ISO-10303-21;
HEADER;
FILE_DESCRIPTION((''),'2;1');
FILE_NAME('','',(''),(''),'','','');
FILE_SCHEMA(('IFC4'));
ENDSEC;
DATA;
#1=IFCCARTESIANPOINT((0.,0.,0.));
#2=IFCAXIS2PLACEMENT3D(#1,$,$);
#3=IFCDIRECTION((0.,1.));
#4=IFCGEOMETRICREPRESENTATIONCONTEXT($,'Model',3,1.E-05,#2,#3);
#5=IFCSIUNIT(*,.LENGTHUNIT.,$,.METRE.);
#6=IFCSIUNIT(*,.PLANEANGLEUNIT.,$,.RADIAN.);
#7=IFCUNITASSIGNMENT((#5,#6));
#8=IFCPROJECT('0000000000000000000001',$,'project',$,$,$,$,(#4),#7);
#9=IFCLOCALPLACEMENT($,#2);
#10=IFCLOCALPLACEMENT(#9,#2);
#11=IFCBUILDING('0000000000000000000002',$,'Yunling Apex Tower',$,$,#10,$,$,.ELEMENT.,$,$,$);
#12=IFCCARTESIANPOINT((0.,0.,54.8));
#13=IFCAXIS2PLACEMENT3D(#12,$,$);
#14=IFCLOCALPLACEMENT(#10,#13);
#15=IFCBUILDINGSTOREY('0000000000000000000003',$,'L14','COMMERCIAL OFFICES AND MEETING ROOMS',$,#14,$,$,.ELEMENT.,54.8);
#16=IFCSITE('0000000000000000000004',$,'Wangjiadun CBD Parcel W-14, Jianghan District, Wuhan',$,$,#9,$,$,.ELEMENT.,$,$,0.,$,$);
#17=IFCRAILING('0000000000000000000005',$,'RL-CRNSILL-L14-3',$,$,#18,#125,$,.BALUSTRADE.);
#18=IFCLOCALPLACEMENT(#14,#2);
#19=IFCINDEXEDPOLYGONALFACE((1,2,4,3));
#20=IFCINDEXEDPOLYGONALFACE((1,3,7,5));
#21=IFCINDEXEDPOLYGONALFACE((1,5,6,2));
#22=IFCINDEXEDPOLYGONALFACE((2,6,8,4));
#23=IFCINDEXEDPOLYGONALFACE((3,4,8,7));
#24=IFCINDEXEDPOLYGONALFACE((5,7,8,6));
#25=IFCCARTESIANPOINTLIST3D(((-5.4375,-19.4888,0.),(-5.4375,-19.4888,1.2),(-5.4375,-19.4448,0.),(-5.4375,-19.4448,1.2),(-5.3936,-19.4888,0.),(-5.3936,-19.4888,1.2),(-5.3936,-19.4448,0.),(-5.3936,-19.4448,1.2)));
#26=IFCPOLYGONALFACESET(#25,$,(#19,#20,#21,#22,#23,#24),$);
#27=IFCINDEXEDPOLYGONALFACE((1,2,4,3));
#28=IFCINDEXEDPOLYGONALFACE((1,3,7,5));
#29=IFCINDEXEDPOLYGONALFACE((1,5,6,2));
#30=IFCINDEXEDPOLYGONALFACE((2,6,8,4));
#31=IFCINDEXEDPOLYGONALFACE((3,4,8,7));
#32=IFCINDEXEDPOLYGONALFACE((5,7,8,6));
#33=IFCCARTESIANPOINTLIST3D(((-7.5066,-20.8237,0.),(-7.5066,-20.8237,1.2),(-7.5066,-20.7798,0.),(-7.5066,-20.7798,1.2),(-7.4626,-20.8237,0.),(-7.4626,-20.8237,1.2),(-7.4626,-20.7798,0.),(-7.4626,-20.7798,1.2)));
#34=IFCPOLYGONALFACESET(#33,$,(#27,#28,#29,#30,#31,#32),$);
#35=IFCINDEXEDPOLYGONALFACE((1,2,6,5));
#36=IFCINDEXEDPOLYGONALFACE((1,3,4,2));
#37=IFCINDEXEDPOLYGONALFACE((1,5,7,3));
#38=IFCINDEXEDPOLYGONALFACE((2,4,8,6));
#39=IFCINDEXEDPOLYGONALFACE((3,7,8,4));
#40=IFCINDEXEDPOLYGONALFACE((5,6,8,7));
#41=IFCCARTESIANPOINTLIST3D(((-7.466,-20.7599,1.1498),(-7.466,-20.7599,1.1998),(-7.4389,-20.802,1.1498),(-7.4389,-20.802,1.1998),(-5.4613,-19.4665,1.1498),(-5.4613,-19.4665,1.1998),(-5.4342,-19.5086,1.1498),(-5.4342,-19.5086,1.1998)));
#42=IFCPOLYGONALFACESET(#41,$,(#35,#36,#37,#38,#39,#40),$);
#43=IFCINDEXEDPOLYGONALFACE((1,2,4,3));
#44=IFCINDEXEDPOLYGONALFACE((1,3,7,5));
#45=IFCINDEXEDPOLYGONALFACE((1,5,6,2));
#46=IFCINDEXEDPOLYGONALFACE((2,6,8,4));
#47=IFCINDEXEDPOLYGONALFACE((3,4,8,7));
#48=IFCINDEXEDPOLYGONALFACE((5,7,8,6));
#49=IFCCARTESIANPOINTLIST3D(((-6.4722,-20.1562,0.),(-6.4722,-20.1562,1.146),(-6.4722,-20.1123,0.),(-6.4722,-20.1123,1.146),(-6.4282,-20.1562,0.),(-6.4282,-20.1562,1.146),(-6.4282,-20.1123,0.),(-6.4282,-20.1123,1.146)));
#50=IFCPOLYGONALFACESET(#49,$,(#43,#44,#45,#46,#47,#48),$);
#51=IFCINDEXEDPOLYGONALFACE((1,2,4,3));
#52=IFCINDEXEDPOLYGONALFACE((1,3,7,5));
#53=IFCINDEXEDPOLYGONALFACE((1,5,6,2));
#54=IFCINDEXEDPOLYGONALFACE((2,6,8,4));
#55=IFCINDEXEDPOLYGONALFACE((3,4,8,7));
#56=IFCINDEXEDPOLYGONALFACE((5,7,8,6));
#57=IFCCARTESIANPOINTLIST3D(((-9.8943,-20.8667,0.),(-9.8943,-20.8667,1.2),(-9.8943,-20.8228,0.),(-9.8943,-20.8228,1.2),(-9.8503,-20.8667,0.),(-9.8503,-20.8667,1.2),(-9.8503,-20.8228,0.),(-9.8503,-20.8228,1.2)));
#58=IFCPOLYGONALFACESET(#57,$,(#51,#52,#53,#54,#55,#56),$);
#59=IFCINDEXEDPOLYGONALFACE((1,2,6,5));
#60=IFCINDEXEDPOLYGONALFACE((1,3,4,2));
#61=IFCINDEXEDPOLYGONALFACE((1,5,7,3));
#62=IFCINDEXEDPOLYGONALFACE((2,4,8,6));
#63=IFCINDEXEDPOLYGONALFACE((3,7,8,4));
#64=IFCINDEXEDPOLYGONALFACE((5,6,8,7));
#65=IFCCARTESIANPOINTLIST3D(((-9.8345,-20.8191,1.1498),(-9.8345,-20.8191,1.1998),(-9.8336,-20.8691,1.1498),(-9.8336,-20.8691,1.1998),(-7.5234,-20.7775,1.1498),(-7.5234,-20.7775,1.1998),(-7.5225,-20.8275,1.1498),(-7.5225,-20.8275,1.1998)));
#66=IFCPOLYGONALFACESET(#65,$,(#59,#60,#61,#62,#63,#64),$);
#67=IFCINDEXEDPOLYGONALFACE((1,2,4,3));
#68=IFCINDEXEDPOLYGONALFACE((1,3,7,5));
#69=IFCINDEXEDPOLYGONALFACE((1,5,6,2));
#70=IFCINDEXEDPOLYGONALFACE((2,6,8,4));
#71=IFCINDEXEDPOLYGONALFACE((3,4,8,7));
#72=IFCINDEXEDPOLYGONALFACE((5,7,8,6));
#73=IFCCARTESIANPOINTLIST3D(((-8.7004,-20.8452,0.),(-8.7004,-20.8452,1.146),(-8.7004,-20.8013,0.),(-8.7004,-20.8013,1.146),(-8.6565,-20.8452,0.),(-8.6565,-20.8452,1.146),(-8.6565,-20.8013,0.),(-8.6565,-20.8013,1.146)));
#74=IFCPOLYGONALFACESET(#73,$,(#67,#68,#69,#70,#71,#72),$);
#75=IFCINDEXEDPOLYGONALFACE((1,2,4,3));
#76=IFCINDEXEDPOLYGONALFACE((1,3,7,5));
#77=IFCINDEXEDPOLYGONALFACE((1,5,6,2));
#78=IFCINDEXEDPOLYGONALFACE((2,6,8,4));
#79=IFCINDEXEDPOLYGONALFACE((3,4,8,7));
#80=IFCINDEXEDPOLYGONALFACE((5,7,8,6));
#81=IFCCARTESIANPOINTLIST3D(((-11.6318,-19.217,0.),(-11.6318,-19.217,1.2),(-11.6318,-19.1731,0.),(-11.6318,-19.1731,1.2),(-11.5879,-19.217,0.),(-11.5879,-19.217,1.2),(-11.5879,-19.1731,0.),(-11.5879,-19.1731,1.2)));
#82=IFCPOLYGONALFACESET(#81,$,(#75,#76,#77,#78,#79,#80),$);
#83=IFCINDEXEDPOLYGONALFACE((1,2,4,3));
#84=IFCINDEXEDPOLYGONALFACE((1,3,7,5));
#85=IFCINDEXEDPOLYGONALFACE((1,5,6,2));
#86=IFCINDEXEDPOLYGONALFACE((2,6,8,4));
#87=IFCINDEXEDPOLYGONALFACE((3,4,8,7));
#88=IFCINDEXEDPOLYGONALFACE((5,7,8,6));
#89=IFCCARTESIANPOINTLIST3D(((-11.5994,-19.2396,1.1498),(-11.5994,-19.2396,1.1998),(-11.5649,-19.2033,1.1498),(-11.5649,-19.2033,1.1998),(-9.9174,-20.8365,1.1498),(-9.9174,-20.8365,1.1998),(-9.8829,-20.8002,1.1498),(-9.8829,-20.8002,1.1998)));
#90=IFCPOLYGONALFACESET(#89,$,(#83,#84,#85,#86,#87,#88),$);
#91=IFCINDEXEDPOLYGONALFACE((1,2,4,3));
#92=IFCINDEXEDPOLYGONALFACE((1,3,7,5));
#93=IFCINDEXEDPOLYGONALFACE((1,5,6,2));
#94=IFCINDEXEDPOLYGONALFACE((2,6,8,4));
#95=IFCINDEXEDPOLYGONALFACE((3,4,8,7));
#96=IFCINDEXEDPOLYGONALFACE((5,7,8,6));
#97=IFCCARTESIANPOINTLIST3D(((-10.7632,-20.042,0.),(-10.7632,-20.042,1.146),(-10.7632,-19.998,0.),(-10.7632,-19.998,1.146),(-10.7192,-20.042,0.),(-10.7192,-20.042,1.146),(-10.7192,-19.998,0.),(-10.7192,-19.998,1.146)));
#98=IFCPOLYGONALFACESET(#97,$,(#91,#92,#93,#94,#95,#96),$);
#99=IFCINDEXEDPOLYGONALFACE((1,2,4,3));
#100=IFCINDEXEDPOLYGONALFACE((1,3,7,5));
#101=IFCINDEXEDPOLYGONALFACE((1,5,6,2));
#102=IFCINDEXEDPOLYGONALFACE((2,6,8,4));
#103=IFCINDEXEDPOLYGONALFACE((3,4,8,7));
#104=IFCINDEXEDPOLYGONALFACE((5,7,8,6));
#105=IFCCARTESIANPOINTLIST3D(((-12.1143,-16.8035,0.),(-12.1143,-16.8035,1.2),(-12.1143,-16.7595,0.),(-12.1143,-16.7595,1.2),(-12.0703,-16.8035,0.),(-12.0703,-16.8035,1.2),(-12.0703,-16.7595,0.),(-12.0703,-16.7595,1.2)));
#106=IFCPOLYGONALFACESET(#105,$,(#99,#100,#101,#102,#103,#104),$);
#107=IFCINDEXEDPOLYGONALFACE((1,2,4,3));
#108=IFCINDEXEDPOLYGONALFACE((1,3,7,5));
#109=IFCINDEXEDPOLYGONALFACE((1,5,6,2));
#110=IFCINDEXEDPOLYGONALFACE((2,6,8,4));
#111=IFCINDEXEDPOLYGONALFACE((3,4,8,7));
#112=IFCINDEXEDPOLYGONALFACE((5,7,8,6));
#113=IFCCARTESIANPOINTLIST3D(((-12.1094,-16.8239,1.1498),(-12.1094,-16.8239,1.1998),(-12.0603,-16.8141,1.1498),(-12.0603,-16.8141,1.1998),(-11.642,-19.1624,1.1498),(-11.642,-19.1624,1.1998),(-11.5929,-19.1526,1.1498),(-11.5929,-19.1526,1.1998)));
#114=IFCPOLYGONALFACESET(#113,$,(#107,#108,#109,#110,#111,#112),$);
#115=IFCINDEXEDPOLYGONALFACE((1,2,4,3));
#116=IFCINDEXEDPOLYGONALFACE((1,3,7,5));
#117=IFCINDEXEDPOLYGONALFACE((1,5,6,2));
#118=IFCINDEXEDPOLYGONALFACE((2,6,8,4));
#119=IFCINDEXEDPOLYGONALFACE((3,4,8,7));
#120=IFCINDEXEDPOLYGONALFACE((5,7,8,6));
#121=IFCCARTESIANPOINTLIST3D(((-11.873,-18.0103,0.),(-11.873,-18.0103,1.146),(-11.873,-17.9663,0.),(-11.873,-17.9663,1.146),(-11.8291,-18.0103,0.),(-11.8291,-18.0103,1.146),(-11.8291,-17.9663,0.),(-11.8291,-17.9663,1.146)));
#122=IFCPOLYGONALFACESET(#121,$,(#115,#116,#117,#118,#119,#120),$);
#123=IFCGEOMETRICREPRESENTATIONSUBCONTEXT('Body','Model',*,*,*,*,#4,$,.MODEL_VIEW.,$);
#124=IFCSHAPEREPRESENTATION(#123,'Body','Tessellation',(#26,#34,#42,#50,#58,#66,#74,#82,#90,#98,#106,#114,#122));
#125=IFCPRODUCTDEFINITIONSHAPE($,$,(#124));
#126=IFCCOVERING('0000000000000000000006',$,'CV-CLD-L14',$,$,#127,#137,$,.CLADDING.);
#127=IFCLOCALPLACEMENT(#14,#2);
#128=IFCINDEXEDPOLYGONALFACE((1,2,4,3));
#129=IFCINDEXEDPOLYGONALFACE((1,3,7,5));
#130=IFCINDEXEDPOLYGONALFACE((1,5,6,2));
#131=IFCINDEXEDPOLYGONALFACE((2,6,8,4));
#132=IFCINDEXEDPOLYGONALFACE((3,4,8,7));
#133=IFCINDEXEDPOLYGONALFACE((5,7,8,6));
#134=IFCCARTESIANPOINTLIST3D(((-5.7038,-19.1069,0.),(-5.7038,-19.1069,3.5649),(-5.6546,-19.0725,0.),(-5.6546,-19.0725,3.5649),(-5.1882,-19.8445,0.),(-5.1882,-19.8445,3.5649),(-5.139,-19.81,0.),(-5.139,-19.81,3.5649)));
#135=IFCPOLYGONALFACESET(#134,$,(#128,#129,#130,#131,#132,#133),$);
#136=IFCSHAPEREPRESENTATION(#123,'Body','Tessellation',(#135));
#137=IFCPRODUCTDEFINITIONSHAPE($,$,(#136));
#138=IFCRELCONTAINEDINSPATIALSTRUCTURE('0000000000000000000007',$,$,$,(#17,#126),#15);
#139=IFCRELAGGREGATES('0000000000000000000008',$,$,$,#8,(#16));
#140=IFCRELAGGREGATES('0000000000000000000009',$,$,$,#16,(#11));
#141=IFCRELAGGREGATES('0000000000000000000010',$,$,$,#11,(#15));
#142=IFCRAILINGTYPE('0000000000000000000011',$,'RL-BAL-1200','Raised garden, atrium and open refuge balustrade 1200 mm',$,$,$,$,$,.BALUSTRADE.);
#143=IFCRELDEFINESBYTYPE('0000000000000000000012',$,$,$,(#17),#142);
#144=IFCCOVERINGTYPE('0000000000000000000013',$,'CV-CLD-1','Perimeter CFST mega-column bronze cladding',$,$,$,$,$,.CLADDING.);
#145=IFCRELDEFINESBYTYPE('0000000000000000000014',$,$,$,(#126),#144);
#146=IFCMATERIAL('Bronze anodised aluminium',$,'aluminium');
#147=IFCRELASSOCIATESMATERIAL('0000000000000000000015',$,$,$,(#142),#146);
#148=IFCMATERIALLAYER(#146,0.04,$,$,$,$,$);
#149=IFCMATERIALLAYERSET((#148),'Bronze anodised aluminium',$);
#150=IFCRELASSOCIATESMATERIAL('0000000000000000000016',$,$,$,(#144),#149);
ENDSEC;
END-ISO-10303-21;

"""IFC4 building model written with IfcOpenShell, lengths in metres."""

from ifc_helpers import new_model, si_unit, direction, frame, origin, origin_2d, place, context, subcontext, project, spatial, rectangle, extrude, source, transform, mapped, material, layer, layer_set, type_object, element, save


model = new_model("IFC4")

# Units and contexts
model_context = context("Model", 3, precision=1e-05, world=origin(), true_north=direction((0.0, 1.0)))
body_context = subcontext(model_context, "Body", "Model", "MODEL_VIEW")
ifc_project = project(units=[si_unit("LENGTHUNIT", "METRE"), si_unit("PLANEANGLEUNIT", "RADIAN")], contexts=[model_context])

# Site, building, storey
site_placement = place(None, origin())
site = spatial("IfcSite", under=ifc_project, at=site_placement, Name="Wangjiadun CBD Parcel W-14, Jianghan District, Wuhan", CompositionType="ELEMENT", RefElevation=0.0)
building_placement = place(site_placement, origin())
building = spatial("IfcBuilding", under=site, at=building_placement, Name="Yunling Apex Tower", CompositionType="ELEMENT")
storey_placement = place(building_placement, frame((0.0, 0.0, 54.8)))
storey = spatial("IfcBuildingStorey", under=building, at=storey_placement, Name="L14", Description="COMMERCIAL OFFICES AND MEETING ROOMS", CompositionType="ELEMENT", Elevation=54.8)

# Shared definitions
ifc_material_1 = material(Name="Bronze anodised aluminium", Category="aluminium")

# Railing
railing_type = type_object("IfcRailingType", Name="RL-BAL-1200", Description="Raised garden, atrium and open refuge balustrade 1200 mm", PredefinedType="BALUSTRADE", material=ifc_material_1)
railing_placement = place(storey_placement, frame((-5.4155, -19.4668, 0.0)))
element("IfcRailing", 1, at=railing_placement, inside=storey, type_object=railing_type, Name="RL-CRNSILL-L14-3", PredefinedType="BALUSTRADE", context=body_context, shape_type="SweptSolid", body=[
    extrude(rectangle(XDim=0.0439, YDim=0.0439, at=origin_2d()), origin(), (0.0, 0.0, 1.0), 1.2),
    extrude(rectangle(XDim=0.0439, YDim=0.0439, at=origin_2d()), frame((-2.0691, -1.335, 0.0)), (0.0, 0.0, 1.0), 1.2),
    extrude(rectangle(XDim=0.05, YDim=0.05, at=origin_2d()), frame((-0.0322, -0.0208, 1.1748), z_axis=(-0.840285, -0.542145, 0.0), x_axis=(0.542145, -0.840285, 0.0)), (0.0, 0.0, 1.0), 2.3857),
    extrude(rectangle(XDim=0.0439, YDim=0.0439, at=origin_2d()), frame((-1.0347, -0.6675, 0.0)), (0.0, 0.0, 1.0), 1.146),
    extrude(rectangle(XDim=0.0439, YDim=0.0439, at=origin_2d()), frame((-4.4568, -1.3779, 0.0)), (0.0, 0.0, 1.0), 1.2),
    extrude(rectangle(XDim=0.05, YDim=0.05, at=origin_2d()), frame((-2.1074, -1.3357, 1.1748), z_axis=(-0.999838, -0.017993, 0.0), x_axis=(0.017993, -0.999838, 0.0)), (0.0, 0.0, 1.0), 2.3115),
    extrude(rectangle(XDim=0.0439, YDim=0.0439, at=origin_2d()), frame((-3.2629, -1.3564, 0.0)), (0.0, 0.0, 1.0), 1.146),
    extrude(rectangle(XDim=0.0439, YDim=0.0439, at=origin_2d()), frame((-6.1943, 0.2717, 0.0)), (0.0, 0.0, 1.0), 1.2),
    extrude(rectangle(XDim=0.05, YDim=0.05, at=origin_2d()), frame((-4.4846, -1.3516, 1.1748), z_axis=(-0.725211, 0.688527, 0.0), x_axis=(-0.688527, -0.725211, 0.0)), (0.0, 0.0, 1.0), 2.3193),
    extrude(rectangle(XDim=0.0439, YDim=0.0439, at=origin_2d()), frame((-5.3257, -0.5532, 0.0)), (0.0, 0.0, 1.0), 1.146),
    extrude(rectangle(XDim=0.0439, YDim=0.0439, at=origin_2d()), frame((-6.6768, 2.6853, 0.0)), (0.0, 0.0, 1.0), 1.2),
    extrude(rectangle(XDim=0.05, YDim=0.05, at=origin_2d()), frame((-6.2019, 0.3093, 1.1748), z_axis=(-0.196002, 0.980604, 0.0), x_axis=(-0.980604, -0.196002, 0.0)), (0.0, 0.0, 1.0), 2.3848),
    extrude(rectangle(XDim=0.0439, YDim=0.0439, at=origin_2d()), frame((-6.4355, 1.4785, 0.0)), (0.0, 0.0, 1.0), 1.146),
])

# Covering
ifc_layer_1 = layer(ifc_material_1, 0.04)
ifc_layer_set_1 = layer_set([ifc_layer_1], Name="Bronze anodised aluminium")
covering_type = type_object("IfcCoveringType", Name="CV-CLD-1", Description="Perimeter CFST mega-column bronze cladding", PredefinedType="CLADDING", material=ifc_layer_set_1)
shared_shape_1 = source(origin(), body_context, "Body", "SweptSolid", [
    extrude(rectangle(XDim=0.0601, YDim=0.8999, at=origin_2d()), origin(), (0.0, 0.0, 1.0), 3.5649),
])
covering_placement = place(storey_placement, frame((-5.4214, -19.4585, 0.0), z_axis=(0.0, 0.0, 1.0), x_axis=(0.819552, 0.573004, 0.0)))
element("IfcCovering", 2, at=covering_placement, inside=storey, type_object=covering_type, Name="CV-CLD-L14", PredefinedType="CLADDING", context=body_context, shape_type="MappedRepresentation", body=[
    mapped(shared_shape_1, transform((0.0, 0.0, 0.0), scale=1.0)),
])

save(model, "model.ifc")
